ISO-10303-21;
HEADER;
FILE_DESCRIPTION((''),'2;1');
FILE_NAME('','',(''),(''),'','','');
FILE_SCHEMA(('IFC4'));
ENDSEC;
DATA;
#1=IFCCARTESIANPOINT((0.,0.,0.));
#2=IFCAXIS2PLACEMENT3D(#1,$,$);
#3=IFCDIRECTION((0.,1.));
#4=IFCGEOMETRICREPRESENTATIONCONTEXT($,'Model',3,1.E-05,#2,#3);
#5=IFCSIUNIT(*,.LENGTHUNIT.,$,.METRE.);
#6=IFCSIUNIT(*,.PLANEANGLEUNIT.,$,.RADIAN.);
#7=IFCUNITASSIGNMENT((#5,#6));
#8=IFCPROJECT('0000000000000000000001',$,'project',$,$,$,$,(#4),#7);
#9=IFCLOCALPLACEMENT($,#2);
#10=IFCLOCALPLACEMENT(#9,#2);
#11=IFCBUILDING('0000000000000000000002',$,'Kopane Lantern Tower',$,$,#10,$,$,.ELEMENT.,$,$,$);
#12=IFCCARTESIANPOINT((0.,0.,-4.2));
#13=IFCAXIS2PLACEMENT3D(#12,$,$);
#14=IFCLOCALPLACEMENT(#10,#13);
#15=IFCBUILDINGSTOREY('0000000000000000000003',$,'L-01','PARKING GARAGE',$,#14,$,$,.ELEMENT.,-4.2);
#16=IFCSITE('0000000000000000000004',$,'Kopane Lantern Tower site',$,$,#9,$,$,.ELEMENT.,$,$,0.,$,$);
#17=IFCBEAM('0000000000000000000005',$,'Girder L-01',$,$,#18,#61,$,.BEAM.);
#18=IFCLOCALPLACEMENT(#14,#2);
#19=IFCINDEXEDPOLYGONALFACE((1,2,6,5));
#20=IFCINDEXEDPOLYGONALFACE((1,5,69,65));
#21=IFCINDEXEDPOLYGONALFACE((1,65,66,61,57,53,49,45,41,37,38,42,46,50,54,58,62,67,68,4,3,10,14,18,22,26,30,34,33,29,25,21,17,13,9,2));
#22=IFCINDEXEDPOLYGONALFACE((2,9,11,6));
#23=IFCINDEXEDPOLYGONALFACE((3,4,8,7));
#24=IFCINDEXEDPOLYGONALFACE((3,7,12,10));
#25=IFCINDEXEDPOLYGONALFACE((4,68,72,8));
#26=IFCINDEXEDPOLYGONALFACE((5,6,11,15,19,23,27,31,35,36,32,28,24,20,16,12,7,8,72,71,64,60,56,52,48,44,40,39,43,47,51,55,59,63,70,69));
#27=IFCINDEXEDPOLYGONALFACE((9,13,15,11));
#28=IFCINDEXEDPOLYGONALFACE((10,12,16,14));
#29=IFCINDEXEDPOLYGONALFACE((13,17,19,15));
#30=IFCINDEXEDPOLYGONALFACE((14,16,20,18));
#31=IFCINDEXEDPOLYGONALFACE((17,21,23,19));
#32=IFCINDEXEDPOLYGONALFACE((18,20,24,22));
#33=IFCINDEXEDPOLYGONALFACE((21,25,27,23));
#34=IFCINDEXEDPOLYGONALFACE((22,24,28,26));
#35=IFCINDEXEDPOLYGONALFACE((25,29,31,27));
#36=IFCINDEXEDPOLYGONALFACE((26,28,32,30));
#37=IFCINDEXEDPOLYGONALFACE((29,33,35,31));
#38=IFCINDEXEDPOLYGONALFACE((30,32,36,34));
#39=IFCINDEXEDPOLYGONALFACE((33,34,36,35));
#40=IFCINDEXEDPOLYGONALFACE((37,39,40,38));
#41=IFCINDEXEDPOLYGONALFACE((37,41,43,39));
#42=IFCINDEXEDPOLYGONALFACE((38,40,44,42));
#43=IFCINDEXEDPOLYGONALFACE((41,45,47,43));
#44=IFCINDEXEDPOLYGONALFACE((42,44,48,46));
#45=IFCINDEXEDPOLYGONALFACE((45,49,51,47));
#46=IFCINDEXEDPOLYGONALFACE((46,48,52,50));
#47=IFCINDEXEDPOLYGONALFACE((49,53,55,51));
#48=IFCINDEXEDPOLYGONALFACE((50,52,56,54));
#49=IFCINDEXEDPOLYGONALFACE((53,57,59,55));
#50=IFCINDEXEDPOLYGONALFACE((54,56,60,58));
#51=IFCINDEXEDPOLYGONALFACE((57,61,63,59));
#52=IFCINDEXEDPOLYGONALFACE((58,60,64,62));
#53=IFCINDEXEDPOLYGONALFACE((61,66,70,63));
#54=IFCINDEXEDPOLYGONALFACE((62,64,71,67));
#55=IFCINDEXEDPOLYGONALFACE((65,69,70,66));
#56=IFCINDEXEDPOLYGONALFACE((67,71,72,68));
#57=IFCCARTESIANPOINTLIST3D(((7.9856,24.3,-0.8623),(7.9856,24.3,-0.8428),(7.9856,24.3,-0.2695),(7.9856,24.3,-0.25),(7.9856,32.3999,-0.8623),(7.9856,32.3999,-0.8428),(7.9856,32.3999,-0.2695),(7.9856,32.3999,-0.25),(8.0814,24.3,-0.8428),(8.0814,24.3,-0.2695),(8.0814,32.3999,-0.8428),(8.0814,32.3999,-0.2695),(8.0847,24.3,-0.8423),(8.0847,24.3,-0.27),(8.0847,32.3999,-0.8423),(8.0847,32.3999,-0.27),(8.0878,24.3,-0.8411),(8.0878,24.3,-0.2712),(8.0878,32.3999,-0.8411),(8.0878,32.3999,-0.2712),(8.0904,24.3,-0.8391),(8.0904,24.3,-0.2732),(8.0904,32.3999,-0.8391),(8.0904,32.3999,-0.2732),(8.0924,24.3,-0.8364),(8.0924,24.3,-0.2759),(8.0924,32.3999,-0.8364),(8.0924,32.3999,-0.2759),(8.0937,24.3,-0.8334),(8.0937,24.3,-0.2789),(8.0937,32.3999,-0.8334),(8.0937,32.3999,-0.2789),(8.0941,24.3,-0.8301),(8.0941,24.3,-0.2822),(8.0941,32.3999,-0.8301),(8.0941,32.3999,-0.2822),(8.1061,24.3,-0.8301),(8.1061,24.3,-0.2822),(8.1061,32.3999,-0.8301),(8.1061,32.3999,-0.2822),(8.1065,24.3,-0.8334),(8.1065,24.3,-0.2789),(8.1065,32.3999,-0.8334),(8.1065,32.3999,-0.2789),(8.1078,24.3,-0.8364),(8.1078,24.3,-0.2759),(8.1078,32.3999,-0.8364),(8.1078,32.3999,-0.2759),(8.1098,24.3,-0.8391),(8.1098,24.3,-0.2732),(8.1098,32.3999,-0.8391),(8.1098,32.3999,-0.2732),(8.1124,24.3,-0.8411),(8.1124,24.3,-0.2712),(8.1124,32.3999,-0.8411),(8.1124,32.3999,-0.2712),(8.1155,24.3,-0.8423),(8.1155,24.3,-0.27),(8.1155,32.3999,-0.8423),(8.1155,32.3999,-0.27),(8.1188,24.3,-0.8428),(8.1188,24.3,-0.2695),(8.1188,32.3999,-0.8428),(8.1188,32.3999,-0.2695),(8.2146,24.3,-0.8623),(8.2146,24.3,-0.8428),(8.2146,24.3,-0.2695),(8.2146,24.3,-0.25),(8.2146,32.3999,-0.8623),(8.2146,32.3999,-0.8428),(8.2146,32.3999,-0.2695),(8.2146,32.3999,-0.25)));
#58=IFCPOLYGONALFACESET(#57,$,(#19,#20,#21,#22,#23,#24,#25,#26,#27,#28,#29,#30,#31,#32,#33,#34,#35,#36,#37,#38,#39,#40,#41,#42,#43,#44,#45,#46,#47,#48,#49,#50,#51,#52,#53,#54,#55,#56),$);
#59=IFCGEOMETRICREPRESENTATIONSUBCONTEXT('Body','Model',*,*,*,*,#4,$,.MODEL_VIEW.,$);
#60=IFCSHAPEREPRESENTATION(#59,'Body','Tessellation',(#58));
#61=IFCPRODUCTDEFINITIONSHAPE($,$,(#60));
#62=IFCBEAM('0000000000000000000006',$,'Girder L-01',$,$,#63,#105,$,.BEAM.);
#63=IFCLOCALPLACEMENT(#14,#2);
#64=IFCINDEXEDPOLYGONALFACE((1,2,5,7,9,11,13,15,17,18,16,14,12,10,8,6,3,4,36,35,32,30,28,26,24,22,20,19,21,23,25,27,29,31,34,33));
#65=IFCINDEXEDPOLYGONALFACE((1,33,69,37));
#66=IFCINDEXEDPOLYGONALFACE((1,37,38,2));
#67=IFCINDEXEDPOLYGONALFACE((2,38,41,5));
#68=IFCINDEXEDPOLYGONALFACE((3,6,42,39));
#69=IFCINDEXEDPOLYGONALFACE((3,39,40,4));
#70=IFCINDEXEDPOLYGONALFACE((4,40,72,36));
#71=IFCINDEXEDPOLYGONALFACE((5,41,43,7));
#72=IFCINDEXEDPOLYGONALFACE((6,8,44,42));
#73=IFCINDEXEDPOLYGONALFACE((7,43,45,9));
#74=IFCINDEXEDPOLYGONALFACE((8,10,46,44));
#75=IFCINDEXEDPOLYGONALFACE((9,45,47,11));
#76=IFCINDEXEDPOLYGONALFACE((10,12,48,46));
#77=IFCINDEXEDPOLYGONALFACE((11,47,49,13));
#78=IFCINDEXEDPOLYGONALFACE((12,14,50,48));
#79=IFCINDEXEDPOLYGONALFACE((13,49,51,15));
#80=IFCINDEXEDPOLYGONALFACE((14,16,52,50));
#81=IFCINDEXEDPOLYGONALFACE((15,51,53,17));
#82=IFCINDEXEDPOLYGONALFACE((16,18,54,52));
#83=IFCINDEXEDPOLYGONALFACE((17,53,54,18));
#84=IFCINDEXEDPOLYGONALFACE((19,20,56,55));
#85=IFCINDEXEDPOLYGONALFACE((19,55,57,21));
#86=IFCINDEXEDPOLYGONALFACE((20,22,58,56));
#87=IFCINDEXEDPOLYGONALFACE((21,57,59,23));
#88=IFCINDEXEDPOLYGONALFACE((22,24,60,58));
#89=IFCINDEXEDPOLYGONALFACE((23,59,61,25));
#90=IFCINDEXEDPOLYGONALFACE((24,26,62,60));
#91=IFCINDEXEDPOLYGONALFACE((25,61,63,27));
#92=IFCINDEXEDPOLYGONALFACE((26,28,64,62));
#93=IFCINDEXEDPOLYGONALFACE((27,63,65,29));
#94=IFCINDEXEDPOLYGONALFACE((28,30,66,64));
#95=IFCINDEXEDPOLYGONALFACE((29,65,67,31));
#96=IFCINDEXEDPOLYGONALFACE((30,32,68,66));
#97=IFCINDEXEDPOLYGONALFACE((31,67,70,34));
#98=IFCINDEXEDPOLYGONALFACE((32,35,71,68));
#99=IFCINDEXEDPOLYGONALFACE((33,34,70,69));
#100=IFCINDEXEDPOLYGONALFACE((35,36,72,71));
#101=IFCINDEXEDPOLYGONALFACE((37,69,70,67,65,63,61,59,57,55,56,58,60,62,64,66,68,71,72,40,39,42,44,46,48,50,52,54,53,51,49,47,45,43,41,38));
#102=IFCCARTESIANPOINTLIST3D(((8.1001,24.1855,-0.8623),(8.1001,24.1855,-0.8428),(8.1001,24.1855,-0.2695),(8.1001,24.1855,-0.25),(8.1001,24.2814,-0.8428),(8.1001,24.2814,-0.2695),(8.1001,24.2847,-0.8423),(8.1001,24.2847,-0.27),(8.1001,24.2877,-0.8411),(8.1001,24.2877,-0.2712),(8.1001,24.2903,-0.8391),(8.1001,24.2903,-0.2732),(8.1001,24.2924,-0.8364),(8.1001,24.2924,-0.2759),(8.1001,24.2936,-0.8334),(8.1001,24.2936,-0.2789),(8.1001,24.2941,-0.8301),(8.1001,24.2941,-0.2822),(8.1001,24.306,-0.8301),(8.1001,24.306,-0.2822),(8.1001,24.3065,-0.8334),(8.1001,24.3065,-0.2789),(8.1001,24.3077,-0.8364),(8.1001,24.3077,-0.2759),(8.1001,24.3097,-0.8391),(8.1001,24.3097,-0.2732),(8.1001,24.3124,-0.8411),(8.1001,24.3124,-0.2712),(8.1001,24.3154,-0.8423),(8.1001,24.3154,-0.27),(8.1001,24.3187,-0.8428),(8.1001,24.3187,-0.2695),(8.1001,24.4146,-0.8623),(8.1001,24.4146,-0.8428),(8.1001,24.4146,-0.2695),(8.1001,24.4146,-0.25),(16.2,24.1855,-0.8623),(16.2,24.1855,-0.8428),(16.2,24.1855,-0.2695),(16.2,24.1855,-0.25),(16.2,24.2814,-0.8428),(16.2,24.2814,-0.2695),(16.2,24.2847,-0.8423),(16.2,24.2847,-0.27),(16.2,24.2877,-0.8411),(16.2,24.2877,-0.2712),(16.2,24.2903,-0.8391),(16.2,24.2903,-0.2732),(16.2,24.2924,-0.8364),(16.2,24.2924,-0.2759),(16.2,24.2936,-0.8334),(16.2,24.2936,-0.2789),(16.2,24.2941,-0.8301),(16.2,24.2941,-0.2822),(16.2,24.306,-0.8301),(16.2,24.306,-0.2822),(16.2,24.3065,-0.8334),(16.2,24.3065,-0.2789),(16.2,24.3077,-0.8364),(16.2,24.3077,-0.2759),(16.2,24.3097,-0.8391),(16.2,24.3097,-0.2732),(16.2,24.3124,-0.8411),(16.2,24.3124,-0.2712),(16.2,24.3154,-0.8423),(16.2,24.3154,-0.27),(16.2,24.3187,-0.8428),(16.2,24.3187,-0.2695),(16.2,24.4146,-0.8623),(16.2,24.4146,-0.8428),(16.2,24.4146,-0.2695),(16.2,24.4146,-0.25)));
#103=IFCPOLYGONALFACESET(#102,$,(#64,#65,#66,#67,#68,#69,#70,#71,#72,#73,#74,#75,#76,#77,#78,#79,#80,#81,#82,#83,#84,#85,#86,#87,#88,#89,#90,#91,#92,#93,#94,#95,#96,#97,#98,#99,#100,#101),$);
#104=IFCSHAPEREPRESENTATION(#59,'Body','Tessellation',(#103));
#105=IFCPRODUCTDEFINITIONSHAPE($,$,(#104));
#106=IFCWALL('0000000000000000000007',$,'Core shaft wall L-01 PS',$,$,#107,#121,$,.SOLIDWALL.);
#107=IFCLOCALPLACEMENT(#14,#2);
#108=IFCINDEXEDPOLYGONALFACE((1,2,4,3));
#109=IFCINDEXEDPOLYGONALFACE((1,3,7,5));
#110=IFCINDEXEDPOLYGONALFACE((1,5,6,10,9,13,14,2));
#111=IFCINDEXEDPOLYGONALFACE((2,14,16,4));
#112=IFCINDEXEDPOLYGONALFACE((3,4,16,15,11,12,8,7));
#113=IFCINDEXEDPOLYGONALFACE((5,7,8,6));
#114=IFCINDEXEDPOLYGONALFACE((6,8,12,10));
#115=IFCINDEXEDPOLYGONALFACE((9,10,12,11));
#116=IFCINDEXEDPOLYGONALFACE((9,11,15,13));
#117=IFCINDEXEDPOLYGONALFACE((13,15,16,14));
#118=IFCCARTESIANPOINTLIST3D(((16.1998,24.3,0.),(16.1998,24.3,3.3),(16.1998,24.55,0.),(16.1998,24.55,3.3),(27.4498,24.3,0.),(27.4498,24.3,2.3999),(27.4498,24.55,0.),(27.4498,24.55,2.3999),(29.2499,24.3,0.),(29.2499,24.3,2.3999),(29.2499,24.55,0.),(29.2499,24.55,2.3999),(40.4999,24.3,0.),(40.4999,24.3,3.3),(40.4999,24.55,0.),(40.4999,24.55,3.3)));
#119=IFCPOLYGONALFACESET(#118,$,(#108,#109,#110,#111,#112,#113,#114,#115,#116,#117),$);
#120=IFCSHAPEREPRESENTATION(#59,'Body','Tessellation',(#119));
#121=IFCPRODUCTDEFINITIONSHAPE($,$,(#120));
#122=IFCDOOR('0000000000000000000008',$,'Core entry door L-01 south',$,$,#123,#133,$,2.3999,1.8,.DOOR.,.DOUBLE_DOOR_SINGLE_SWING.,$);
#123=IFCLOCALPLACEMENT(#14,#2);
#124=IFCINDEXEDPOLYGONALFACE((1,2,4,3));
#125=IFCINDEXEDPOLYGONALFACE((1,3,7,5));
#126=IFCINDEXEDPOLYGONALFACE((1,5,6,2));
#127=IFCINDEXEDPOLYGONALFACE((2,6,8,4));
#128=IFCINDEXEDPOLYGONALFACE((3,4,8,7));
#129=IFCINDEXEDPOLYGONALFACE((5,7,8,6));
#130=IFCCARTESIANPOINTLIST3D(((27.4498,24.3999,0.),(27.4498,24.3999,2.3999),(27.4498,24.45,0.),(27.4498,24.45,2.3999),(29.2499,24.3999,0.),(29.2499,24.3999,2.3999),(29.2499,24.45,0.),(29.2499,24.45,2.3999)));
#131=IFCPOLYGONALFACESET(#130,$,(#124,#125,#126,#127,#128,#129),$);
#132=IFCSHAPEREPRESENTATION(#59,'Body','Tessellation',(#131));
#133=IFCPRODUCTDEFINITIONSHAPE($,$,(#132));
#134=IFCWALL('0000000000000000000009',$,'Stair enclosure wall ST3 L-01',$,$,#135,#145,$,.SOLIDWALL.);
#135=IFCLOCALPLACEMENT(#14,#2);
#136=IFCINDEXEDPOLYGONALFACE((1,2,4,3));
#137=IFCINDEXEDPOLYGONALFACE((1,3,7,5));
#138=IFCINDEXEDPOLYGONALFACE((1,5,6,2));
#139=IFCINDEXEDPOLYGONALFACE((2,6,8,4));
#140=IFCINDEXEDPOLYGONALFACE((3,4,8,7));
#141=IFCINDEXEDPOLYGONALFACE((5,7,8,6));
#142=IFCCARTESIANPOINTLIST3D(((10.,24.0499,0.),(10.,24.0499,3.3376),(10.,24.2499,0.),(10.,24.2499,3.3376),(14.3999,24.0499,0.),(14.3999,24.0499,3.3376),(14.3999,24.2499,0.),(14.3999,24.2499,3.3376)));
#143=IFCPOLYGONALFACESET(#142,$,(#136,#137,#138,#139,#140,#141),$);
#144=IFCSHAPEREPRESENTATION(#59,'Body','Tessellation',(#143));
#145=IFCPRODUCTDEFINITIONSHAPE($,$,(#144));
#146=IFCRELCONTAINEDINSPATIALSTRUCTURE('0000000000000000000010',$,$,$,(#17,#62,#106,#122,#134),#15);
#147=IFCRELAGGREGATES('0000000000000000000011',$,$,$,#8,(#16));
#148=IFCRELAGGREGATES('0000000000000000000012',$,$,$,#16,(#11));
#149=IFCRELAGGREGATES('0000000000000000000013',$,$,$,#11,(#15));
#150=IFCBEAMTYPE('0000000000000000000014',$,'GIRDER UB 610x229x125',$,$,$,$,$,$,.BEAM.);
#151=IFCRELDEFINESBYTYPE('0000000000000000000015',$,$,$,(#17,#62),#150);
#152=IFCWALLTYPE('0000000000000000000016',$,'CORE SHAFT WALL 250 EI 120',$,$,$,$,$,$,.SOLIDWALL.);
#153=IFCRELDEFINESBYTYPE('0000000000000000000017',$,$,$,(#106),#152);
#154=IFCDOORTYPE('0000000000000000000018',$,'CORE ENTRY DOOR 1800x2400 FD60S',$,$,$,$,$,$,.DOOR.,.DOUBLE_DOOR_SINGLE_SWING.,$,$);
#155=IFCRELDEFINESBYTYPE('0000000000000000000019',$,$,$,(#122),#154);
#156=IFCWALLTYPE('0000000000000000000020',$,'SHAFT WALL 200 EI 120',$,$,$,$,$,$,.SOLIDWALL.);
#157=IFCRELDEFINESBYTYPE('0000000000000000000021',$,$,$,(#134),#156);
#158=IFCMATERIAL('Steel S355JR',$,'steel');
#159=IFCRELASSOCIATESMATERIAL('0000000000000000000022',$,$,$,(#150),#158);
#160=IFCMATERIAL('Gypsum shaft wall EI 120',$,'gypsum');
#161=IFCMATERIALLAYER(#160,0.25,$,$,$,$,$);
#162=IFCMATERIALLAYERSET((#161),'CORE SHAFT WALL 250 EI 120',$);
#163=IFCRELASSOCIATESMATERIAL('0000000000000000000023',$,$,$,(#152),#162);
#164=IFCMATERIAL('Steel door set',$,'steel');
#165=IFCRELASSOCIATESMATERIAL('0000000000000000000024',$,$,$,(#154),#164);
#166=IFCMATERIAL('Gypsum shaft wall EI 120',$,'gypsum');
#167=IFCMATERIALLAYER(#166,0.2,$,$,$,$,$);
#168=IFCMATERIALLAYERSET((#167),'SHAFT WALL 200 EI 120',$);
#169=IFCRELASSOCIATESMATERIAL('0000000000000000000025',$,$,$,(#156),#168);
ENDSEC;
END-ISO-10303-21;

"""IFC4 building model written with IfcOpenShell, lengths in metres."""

from ifc_helpers import new_model, si_unit, direction, frame, frame_2d, origin, origin_2d, place, context, subcontext, project, spatial, rectangle, i_section, extrude, material, layer, layer_set, material_profile, profile_set, type_object, element, fill, save


model = new_model("IFC4")

# Units and contexts
model_context = context("Model", 3, precision=1e-05, world=origin(), true_north=direction((0.0, 1.0)))
body_context = subcontext(model_context, "Body", "Model", "MODEL_VIEW")
ifc_project = project(units=[si_unit("LENGTHUNIT", "METRE"), si_unit("PLANEANGLEUNIT", "RADIAN")], contexts=[model_context])

# Site, building, storey
site_placement = place(None, origin())
site = spatial("IfcSite", under=ifc_project, at=site_placement, Name="Kopane Lantern Tower site", CompositionType="ELEMENT", RefElevation=0.0)
building_placement = place(site_placement, origin())
building = spatial("IfcBuilding", under=site, at=building_placement, Name="Kopane Lantern Tower", CompositionType="ELEMENT")
storey_placement = place(building_placement, frame((0.0, 0.0, -4.2)))
storey = spatial("IfcBuildingStorey", under=building, at=storey_placement, Name="L-01", Description="PARKING GARAGE", CompositionType="ELEMENT", Elevation=-4.2)

# Beams
ifc_material_1 = material(Name="Steel S355JR", Category="steel")
ifc_material_profile_1 = material_profile(ifc_material_1, i_section(OverallWidth=0.229, OverallDepth=0.6123, WebThickness=0.012, FlangeThickness=0.0195, FilletRadius=0.0127, at=origin_2d()), Name="UB 610x229x125")
ifc_profile_set_1 = profile_set([ifc_material_profile_1], Name="Steel S355JR")
beam_type_1 = type_object("IfcBeamType", Name="GIRDER UB 610x229x125", PredefinedType="BEAM", material=ifc_profile_set_1)
for number, where, z_axis, x_axis, name in (
    (1, (8.1001, 24.3, -0.5562), (0.0, 1.0, 0.0), (-1.0, 0.0, 0.0), "Girder L-01"),
    (2, (8.1001, 24.3, -0.5562), (1.0, 0.0, 0.0), (0.0, 1.0, 0.0), "Girder L-01"),
):
    element("IfcBeam", number, at=place(storey_placement, frame(where, z_axis=z_axis, x_axis=x_axis)), inside=storey, type_object=beam_type_1, Name=name, PredefinedType="BEAM", context=body_context, shape_type="SweptSolid", body=[
        extrude(i_section(OverallWidth=0.229, OverallDepth=0.6123, WebThickness=0.012, FlangeThickness=0.0195, FilletRadius=0.0127, at=origin_2d()), origin(), (0.0, 0.0, 1.0), 8.0999),
    ])

# Wall, opening, door
ifc_material_2 = material(Name="Gypsum shaft wall EI 120", Category="gypsum")
ifc_layer_1 = layer(ifc_material_2, 0.25)
ifc_layer_set_1 = layer_set([ifc_layer_1], Name="CORE SHAFT WALL 250 EI 120")
wall_type_1 = type_object("IfcWallType", Name="CORE SHAFT WALL 250 EI 120", PredefinedType="SOLIDWALL", material=ifc_layer_set_1)
wall_1_placement = place(storey_placement, frame((16.2, 24.425, 0.0), z_axis=(0.0, 0.0, 1.0), x_axis=(1.0, 0.0, 0.0)))
wall_1 = element("IfcWall", 3, at=wall_1_placement, inside=storey, type_object=wall_type_1, Name="Core shaft wall L-01 PS", PredefinedType="SOLIDWALL", context=body_context, shape_type="SweptSolid", body=[
    extrude(rectangle(XDim=24.3, YDim=0.25, at=frame_2d((12.1499, 0.0))), origin(), (0.0, 0.0, 1.0), 3.3),
])
opening_placement = place(wall_1_placement, frame((11.25, 0.0, 0.0)))
opening = element("IfcOpeningElement", 4, at=opening_placement, cuts=wall_1, PredefinedType="OPENING", context=body_context, shape_type="SweptSolid", body=[
    extrude(rectangle(XDim=1.8, YDim=2.3999, at=frame_2d((0.8999, 1.2))), frame((0.0, 0.135, 0.0), z_axis=(0.0, -1.0, 0.0), x_axis=(1.0, 0.0, 0.0)), (0.0, 0.0, 1.0), 0.27),
])
ifc_material_3 = material(Name="Steel door set", Category="steel")
door_type = type_object("IfcDoorType", Name="CORE ENTRY DOOR 1800x2400 FD60S", OperationType="DOUBLE_DOOR_SINGLE_SWING", PredefinedType="DOOR", material=ifc_material_3)
door_placement = place(opening_placement, origin())
door = element("IfcDoor", 5, at=door_placement, inside=storey, type_object=door_type, Name="Core entry door L-01 south", OperationType="DOUBLE_DOOR_SINGLE_SWING", OverallHeight=2.3999, OverallWidth=1.8, PredefinedType="DOOR", context=body_context, shape_type="SweptSolid", body=[
    extrude(rectangle(XDim=1.8, YDim=2.3999, at=frame_2d((0.8999, 1.2))), frame((0.0, 0.0249, 0.0), z_axis=(0.0, -1.0, 0.0), x_axis=(1.0, 0.0, 0.0)), (0.0, 0.0, 1.0), 0.05),
])
fill(opening, door)

# Wall
ifc_material_4 = material(Name="Gypsum shaft wall EI 120", Category="gypsum")
ifc_layer_2 = layer(ifc_material_4, 0.2)
ifc_layer_set_2 = layer_set([ifc_layer_2], Name="SHAFT WALL 200 EI 120")
wall_type_2 = type_object("IfcWallType", Name="SHAFT WALL 200 EI 120", PredefinedType="SOLIDWALL", material=ifc_layer_set_2)
wall_2_placement = place(storey_placement, frame((10.0, 24.1499, 0.0), z_axis=(0.0, 0.0, 1.0), x_axis=(1.0, 0.0, 0.0)))
element("IfcWall", 6, at=wall_2_placement, inside=storey, type_object=wall_type_2, Name="Stair enclosure wall ST3 L-01", PredefinedType="SOLIDWALL", context=body_context, shape_type="SweptSolid", body=[
    extrude(rectangle(XDim=4.3999, YDim=0.2, at=frame_2d((2.2, 0.0))), origin(), (0.0, 0.0, 1.0), 3.3376),
])

save(model, "model.ifc")
